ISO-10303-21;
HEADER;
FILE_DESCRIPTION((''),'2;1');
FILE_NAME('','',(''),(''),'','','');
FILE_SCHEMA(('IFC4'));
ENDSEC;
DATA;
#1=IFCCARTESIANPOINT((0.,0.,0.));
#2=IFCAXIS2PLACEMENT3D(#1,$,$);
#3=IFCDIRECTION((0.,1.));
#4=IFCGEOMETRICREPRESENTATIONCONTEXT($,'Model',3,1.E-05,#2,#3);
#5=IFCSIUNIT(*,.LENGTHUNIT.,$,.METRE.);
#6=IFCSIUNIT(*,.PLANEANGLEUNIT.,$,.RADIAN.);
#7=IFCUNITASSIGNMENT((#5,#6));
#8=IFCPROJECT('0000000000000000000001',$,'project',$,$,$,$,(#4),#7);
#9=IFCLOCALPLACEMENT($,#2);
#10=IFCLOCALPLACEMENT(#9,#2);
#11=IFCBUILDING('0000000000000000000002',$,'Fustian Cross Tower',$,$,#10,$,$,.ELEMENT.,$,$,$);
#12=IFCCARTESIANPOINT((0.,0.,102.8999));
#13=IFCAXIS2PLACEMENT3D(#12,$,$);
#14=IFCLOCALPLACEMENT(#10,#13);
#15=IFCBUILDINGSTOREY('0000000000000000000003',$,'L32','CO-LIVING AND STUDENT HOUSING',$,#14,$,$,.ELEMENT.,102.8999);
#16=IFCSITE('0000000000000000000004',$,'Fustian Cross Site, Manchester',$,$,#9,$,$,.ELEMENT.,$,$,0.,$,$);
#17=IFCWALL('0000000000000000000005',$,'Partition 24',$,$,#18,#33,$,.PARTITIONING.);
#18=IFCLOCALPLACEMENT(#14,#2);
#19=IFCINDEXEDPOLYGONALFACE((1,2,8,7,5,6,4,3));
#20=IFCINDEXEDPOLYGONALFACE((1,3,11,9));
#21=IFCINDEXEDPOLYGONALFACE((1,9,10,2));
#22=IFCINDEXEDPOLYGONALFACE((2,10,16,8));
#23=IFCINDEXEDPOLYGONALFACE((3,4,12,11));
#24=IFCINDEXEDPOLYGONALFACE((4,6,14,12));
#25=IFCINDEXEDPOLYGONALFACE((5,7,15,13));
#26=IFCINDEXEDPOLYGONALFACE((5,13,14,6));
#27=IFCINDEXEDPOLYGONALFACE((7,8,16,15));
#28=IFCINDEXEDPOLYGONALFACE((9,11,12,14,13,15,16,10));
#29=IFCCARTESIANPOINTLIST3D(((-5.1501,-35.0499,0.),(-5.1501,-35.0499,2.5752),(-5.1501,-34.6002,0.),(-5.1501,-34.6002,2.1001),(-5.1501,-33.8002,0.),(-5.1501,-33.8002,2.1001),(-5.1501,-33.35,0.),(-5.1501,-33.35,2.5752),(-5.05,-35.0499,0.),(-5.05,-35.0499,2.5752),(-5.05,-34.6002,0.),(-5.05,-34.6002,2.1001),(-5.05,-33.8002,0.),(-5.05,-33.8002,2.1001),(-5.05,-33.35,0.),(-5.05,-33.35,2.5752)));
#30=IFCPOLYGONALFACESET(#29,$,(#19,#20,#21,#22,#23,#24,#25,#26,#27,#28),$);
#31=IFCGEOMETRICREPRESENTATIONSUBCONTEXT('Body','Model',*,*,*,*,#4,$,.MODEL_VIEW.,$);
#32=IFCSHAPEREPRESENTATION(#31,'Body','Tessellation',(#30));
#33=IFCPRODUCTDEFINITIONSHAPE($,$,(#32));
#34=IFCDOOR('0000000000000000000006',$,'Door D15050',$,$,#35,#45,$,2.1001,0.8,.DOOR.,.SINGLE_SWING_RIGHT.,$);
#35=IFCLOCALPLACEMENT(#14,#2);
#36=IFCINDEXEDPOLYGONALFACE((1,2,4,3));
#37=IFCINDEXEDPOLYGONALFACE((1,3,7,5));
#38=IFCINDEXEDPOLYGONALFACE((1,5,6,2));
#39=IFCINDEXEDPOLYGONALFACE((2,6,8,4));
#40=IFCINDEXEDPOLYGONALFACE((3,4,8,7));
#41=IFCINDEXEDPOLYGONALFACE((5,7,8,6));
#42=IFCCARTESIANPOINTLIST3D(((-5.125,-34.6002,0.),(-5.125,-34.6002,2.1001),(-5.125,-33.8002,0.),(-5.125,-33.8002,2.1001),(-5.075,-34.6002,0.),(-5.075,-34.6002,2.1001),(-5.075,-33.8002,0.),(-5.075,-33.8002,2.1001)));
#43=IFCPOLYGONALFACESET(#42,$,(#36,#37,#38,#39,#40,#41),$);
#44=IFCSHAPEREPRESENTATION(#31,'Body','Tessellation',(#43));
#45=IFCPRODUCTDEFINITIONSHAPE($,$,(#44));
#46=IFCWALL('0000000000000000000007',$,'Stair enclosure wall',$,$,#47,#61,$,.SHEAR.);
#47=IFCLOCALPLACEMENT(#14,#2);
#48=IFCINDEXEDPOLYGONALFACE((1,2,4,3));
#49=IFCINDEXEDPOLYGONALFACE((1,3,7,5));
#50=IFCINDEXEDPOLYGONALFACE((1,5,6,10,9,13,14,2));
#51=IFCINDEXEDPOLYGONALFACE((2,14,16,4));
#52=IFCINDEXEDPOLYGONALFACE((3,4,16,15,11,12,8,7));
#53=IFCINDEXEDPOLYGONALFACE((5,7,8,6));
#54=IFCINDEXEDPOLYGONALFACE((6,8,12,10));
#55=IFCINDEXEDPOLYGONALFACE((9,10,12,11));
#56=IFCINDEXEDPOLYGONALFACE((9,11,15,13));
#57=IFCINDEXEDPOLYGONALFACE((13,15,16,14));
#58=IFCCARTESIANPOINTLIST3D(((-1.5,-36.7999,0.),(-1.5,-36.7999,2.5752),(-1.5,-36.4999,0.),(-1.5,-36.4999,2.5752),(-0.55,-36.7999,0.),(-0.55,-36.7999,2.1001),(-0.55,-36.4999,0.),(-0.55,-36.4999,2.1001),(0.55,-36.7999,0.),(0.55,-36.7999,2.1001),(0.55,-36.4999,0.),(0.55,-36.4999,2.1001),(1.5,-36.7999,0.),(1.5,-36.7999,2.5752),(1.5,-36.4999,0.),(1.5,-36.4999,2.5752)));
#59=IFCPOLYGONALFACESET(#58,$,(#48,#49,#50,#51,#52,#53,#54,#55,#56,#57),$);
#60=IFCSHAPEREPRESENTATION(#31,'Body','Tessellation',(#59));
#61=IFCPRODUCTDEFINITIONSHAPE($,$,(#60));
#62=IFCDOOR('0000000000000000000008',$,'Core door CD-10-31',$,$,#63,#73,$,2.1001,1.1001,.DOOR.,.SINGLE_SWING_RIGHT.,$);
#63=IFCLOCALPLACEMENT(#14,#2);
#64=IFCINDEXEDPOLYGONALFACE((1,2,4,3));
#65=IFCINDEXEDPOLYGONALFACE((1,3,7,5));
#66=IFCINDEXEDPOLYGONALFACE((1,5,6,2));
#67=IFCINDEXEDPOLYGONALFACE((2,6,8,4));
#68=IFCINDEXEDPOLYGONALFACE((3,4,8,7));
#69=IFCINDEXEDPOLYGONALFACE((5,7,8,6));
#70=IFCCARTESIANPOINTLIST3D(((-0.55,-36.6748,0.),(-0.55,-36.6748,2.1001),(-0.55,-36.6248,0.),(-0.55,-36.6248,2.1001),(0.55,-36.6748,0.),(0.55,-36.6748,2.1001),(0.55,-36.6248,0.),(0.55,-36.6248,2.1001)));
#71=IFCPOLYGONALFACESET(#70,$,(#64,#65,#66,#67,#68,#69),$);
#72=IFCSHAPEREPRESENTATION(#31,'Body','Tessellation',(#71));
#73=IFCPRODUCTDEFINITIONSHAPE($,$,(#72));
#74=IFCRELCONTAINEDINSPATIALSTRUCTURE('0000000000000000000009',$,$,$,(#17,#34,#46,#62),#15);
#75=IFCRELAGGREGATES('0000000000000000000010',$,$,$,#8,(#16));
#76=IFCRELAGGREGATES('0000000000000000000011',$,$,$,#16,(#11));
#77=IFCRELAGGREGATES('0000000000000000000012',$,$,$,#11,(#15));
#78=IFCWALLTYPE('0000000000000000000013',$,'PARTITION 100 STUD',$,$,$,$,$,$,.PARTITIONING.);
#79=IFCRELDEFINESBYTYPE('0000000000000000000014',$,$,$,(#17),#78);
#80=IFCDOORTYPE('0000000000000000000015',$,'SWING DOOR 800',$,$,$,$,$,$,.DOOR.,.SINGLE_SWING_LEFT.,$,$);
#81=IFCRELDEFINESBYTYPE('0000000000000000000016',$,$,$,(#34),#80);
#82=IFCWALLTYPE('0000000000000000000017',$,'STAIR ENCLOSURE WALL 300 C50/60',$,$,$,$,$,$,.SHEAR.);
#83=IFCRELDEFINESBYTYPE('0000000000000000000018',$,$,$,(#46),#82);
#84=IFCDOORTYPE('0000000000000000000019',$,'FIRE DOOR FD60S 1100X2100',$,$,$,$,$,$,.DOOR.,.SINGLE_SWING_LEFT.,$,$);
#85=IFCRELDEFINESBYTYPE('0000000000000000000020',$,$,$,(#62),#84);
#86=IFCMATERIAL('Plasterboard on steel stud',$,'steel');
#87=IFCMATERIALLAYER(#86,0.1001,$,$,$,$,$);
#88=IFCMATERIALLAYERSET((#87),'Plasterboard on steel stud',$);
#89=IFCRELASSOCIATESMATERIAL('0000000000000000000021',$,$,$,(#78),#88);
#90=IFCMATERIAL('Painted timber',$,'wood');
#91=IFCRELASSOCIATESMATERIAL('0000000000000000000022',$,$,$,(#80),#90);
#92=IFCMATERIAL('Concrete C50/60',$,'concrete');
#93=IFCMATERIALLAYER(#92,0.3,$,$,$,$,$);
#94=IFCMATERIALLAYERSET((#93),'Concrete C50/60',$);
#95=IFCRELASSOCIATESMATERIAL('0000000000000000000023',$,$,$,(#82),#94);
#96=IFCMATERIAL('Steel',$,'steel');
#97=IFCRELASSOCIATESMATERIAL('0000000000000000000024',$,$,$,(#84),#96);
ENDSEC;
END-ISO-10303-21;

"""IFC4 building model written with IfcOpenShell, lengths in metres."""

from ifc_helpers import new_model, si_unit, direction, frame, frame_2d, origin, place, context, subcontext, project, spatial, rectangle, extrude, material, layer, layer_set, type_object, element, fill, save


model = new_model("IFC4")

# Units and contexts
model_context = context("Model", 3, precision=1e-05, world=origin(), true_north=direction((0.0, 1.0)))
body_context = subcontext(model_context, "Body", "Model", "MODEL_VIEW")
ifc_project = project(units=[si_unit("LENGTHUNIT", "METRE"), si_unit("PLANEANGLEUNIT", "RADIAN")], contexts=[model_context])

# Site, building, storey
site_placement = place(None, origin())
site = spatial("IfcSite", under=ifc_project, at=site_placement, Name="Fustian Cross Site, Manchester", CompositionType="ELEMENT", RefElevation=0.0)
building_placement = place(site_placement, origin())
building = spatial("IfcBuilding", under=site, at=building_placement, Name="Fustian Cross Tower", CompositionType="ELEMENT")
storey_placement = place(building_placement, frame((0.0, 0.0, 102.8999)))
storey = spatial("IfcBuildingStorey", under=building, at=storey_placement, Name="L32", Description="CO-LIVING AND STUDENT HOUSING", CompositionType="ELEMENT", Elevation=102.8999)

# Shared definitions
ifc_material_1 = material(Name="Plasterboard on steel stud", Category="steel")
ifc_layer_1 = layer(ifc_material_1, 0.1001)
ifc_layer_set_1 = layer_set([ifc_layer_1], Name="Plasterboard on steel stud")
wall_type_1 = type_object("IfcWallType", Name="PARTITION 100 STUD", PredefinedType="PARTITIONING", material=ifc_layer_set_1)

# Walls, openings, doors
wall_1_placement = place(storey_placement, frame((-5.1001, -35.05, 0.0), z_axis=(0.0, 0.0, 1.0), x_axis=(0.0, 1.0, 0.0)))
wall_1 = element("IfcWall", 1, at=wall_1_placement, inside=storey, type_object=wall_type_1, Name="Partition 24", PredefinedType="PARTITIONING", context=body_context, shape_type="SweptSolid", body=[
    extrude(rectangle(XDim=1.7, YDim=0.1001, at=frame_2d((0.8501, 0.0))), origin(), (0.0, 0.0, 1.0), 2.5752),
])
opening_1_placement = place(wall_1_placement, frame((0.45, 0.0, 0.0)))
opening_1 = element("IfcOpeningElement", 2, at=opening_1_placement, cuts=wall_1, PredefinedType="OPENING", context=body_context, shape_type="SweptSolid", body=[
    extrude(rectangle(XDim=0.8, YDim=2.1001, at=frame_2d((0.3999, 1.05))), frame((0.0, 0.0601, 0.0), z_axis=(0.0, -1.0, 0.0), x_axis=(1.0, 0.0, 0.0)), (0.0, 0.0, 1.0), 0.1201),
])
ifc_material_2 = material(Name="Painted timber", Category="wood")
door_type_1 = type_object("IfcDoorType", Name="SWING DOOR 800", OperationType="SINGLE_SWING_LEFT", PredefinedType="DOOR", material=ifc_material_2)
door_1_placement = place(opening_1_placement, origin())
door_1 = element("IfcDoor", 3, at=door_1_placement, inside=storey, type_object=door_type_1, Name="Door D15050", OperationType="SINGLE_SWING_RIGHT", OverallHeight=2.1001, OverallWidth=0.8, PredefinedType="DOOR", context=body_context, shape_type="SweptSolid", body=[
    extrude(rectangle(XDim=0.8, YDim=2.1001, at=frame_2d((0.3999, 1.05))), frame((0.0, 0.0249, 0.0), z_axis=(0.0, -1.0, 0.0), x_axis=(1.0, 0.0, 0.0)), (0.0, 0.0, 1.0), 0.05),
])
fill(opening_1, door_1)
ifc_material_3 = material(Name="Concrete C50/60", Category="concrete")
ifc_layer_2 = layer(ifc_material_3, 0.3)
ifc_layer_set_2 = layer_set([ifc_layer_2], Name="Concrete C50/60")
wall_type_2 = type_object("IfcWallType", Name="STAIR ENCLOSURE WALL 300 C50/60", PredefinedType="SHEAR", material=ifc_layer_set_2)
wall_2_placement = place(storey_placement, frame((-1.5, -36.6499, 0.0), z_axis=(0.0, 0.0, 1.0), x_axis=(1.0, 0.0, 0.0)))
wall_2 = element("IfcWall", 4, at=wall_2_placement, inside=storey, type_object=wall_type_2, Name="Stair enclosure wall", PredefinedType="SHEAR", context=body_context, shape_type="SweptSolid", body=[
    extrude(rectangle(XDim=3.0, YDim=0.3, at=frame_2d((1.5, 0.0))), origin(), (0.0, 0.0, 1.0), 2.5752),
])
opening_2_placement = place(wall_2_placement, frame((0.95, 0.0, 0.0)))
opening_2 = element("IfcOpeningElement", 5, at=opening_2_placement, cuts=wall_2, PredefinedType="OPENING", context=body_context, shape_type="SweptSolid", body=[
    extrude(rectangle(XDim=1.1001, YDim=2.1001, at=frame_2d((0.55, 1.05))), frame((0.0, 0.1599, 0.0), z_axis=(0.0, -1.0, 0.0), x_axis=(1.0, 0.0, 0.0)), (0.0, 0.0, 1.0), 0.3201),
])
ifc_material_4 = material(Name="Steel", Category="steel")
door_type_2 = type_object("IfcDoorType", Name="FIRE DOOR FD60S 1100X2100", OperationType="SINGLE_SWING_LEFT", PredefinedType="DOOR", material=ifc_material_4)
door_2_placement = place(opening_2_placement, frame((1.1001, 0.0, 0.0), z_axis=(0.0, 0.0, 1.0), x_axis=(-1.0, 0.0, 0.0)))
door_2 = element("IfcDoor", 6, at=door_2_placement, inside=storey, type_object=door_type_2, Name="Core door CD-10-31", OperationType="SINGLE_SWING_RIGHT", OverallHeight=2.1001, OverallWidth=1.1001, PredefinedType="DOOR", context=body_context, shape_type="SweptSolid", body=[
    extrude(rectangle(XDim=1.1001, YDim=2.1001, at=frame_2d((0.55, 1.05))), frame((0.0, 0.0249, 0.0), z_axis=(0.0, -1.0, 0.0), x_axis=(1.0, 0.0, 0.0)), (0.0, 0.0, 1.0), 0.05),
])
fill(opening_2, door_2)

save(model, "model.ifc")
